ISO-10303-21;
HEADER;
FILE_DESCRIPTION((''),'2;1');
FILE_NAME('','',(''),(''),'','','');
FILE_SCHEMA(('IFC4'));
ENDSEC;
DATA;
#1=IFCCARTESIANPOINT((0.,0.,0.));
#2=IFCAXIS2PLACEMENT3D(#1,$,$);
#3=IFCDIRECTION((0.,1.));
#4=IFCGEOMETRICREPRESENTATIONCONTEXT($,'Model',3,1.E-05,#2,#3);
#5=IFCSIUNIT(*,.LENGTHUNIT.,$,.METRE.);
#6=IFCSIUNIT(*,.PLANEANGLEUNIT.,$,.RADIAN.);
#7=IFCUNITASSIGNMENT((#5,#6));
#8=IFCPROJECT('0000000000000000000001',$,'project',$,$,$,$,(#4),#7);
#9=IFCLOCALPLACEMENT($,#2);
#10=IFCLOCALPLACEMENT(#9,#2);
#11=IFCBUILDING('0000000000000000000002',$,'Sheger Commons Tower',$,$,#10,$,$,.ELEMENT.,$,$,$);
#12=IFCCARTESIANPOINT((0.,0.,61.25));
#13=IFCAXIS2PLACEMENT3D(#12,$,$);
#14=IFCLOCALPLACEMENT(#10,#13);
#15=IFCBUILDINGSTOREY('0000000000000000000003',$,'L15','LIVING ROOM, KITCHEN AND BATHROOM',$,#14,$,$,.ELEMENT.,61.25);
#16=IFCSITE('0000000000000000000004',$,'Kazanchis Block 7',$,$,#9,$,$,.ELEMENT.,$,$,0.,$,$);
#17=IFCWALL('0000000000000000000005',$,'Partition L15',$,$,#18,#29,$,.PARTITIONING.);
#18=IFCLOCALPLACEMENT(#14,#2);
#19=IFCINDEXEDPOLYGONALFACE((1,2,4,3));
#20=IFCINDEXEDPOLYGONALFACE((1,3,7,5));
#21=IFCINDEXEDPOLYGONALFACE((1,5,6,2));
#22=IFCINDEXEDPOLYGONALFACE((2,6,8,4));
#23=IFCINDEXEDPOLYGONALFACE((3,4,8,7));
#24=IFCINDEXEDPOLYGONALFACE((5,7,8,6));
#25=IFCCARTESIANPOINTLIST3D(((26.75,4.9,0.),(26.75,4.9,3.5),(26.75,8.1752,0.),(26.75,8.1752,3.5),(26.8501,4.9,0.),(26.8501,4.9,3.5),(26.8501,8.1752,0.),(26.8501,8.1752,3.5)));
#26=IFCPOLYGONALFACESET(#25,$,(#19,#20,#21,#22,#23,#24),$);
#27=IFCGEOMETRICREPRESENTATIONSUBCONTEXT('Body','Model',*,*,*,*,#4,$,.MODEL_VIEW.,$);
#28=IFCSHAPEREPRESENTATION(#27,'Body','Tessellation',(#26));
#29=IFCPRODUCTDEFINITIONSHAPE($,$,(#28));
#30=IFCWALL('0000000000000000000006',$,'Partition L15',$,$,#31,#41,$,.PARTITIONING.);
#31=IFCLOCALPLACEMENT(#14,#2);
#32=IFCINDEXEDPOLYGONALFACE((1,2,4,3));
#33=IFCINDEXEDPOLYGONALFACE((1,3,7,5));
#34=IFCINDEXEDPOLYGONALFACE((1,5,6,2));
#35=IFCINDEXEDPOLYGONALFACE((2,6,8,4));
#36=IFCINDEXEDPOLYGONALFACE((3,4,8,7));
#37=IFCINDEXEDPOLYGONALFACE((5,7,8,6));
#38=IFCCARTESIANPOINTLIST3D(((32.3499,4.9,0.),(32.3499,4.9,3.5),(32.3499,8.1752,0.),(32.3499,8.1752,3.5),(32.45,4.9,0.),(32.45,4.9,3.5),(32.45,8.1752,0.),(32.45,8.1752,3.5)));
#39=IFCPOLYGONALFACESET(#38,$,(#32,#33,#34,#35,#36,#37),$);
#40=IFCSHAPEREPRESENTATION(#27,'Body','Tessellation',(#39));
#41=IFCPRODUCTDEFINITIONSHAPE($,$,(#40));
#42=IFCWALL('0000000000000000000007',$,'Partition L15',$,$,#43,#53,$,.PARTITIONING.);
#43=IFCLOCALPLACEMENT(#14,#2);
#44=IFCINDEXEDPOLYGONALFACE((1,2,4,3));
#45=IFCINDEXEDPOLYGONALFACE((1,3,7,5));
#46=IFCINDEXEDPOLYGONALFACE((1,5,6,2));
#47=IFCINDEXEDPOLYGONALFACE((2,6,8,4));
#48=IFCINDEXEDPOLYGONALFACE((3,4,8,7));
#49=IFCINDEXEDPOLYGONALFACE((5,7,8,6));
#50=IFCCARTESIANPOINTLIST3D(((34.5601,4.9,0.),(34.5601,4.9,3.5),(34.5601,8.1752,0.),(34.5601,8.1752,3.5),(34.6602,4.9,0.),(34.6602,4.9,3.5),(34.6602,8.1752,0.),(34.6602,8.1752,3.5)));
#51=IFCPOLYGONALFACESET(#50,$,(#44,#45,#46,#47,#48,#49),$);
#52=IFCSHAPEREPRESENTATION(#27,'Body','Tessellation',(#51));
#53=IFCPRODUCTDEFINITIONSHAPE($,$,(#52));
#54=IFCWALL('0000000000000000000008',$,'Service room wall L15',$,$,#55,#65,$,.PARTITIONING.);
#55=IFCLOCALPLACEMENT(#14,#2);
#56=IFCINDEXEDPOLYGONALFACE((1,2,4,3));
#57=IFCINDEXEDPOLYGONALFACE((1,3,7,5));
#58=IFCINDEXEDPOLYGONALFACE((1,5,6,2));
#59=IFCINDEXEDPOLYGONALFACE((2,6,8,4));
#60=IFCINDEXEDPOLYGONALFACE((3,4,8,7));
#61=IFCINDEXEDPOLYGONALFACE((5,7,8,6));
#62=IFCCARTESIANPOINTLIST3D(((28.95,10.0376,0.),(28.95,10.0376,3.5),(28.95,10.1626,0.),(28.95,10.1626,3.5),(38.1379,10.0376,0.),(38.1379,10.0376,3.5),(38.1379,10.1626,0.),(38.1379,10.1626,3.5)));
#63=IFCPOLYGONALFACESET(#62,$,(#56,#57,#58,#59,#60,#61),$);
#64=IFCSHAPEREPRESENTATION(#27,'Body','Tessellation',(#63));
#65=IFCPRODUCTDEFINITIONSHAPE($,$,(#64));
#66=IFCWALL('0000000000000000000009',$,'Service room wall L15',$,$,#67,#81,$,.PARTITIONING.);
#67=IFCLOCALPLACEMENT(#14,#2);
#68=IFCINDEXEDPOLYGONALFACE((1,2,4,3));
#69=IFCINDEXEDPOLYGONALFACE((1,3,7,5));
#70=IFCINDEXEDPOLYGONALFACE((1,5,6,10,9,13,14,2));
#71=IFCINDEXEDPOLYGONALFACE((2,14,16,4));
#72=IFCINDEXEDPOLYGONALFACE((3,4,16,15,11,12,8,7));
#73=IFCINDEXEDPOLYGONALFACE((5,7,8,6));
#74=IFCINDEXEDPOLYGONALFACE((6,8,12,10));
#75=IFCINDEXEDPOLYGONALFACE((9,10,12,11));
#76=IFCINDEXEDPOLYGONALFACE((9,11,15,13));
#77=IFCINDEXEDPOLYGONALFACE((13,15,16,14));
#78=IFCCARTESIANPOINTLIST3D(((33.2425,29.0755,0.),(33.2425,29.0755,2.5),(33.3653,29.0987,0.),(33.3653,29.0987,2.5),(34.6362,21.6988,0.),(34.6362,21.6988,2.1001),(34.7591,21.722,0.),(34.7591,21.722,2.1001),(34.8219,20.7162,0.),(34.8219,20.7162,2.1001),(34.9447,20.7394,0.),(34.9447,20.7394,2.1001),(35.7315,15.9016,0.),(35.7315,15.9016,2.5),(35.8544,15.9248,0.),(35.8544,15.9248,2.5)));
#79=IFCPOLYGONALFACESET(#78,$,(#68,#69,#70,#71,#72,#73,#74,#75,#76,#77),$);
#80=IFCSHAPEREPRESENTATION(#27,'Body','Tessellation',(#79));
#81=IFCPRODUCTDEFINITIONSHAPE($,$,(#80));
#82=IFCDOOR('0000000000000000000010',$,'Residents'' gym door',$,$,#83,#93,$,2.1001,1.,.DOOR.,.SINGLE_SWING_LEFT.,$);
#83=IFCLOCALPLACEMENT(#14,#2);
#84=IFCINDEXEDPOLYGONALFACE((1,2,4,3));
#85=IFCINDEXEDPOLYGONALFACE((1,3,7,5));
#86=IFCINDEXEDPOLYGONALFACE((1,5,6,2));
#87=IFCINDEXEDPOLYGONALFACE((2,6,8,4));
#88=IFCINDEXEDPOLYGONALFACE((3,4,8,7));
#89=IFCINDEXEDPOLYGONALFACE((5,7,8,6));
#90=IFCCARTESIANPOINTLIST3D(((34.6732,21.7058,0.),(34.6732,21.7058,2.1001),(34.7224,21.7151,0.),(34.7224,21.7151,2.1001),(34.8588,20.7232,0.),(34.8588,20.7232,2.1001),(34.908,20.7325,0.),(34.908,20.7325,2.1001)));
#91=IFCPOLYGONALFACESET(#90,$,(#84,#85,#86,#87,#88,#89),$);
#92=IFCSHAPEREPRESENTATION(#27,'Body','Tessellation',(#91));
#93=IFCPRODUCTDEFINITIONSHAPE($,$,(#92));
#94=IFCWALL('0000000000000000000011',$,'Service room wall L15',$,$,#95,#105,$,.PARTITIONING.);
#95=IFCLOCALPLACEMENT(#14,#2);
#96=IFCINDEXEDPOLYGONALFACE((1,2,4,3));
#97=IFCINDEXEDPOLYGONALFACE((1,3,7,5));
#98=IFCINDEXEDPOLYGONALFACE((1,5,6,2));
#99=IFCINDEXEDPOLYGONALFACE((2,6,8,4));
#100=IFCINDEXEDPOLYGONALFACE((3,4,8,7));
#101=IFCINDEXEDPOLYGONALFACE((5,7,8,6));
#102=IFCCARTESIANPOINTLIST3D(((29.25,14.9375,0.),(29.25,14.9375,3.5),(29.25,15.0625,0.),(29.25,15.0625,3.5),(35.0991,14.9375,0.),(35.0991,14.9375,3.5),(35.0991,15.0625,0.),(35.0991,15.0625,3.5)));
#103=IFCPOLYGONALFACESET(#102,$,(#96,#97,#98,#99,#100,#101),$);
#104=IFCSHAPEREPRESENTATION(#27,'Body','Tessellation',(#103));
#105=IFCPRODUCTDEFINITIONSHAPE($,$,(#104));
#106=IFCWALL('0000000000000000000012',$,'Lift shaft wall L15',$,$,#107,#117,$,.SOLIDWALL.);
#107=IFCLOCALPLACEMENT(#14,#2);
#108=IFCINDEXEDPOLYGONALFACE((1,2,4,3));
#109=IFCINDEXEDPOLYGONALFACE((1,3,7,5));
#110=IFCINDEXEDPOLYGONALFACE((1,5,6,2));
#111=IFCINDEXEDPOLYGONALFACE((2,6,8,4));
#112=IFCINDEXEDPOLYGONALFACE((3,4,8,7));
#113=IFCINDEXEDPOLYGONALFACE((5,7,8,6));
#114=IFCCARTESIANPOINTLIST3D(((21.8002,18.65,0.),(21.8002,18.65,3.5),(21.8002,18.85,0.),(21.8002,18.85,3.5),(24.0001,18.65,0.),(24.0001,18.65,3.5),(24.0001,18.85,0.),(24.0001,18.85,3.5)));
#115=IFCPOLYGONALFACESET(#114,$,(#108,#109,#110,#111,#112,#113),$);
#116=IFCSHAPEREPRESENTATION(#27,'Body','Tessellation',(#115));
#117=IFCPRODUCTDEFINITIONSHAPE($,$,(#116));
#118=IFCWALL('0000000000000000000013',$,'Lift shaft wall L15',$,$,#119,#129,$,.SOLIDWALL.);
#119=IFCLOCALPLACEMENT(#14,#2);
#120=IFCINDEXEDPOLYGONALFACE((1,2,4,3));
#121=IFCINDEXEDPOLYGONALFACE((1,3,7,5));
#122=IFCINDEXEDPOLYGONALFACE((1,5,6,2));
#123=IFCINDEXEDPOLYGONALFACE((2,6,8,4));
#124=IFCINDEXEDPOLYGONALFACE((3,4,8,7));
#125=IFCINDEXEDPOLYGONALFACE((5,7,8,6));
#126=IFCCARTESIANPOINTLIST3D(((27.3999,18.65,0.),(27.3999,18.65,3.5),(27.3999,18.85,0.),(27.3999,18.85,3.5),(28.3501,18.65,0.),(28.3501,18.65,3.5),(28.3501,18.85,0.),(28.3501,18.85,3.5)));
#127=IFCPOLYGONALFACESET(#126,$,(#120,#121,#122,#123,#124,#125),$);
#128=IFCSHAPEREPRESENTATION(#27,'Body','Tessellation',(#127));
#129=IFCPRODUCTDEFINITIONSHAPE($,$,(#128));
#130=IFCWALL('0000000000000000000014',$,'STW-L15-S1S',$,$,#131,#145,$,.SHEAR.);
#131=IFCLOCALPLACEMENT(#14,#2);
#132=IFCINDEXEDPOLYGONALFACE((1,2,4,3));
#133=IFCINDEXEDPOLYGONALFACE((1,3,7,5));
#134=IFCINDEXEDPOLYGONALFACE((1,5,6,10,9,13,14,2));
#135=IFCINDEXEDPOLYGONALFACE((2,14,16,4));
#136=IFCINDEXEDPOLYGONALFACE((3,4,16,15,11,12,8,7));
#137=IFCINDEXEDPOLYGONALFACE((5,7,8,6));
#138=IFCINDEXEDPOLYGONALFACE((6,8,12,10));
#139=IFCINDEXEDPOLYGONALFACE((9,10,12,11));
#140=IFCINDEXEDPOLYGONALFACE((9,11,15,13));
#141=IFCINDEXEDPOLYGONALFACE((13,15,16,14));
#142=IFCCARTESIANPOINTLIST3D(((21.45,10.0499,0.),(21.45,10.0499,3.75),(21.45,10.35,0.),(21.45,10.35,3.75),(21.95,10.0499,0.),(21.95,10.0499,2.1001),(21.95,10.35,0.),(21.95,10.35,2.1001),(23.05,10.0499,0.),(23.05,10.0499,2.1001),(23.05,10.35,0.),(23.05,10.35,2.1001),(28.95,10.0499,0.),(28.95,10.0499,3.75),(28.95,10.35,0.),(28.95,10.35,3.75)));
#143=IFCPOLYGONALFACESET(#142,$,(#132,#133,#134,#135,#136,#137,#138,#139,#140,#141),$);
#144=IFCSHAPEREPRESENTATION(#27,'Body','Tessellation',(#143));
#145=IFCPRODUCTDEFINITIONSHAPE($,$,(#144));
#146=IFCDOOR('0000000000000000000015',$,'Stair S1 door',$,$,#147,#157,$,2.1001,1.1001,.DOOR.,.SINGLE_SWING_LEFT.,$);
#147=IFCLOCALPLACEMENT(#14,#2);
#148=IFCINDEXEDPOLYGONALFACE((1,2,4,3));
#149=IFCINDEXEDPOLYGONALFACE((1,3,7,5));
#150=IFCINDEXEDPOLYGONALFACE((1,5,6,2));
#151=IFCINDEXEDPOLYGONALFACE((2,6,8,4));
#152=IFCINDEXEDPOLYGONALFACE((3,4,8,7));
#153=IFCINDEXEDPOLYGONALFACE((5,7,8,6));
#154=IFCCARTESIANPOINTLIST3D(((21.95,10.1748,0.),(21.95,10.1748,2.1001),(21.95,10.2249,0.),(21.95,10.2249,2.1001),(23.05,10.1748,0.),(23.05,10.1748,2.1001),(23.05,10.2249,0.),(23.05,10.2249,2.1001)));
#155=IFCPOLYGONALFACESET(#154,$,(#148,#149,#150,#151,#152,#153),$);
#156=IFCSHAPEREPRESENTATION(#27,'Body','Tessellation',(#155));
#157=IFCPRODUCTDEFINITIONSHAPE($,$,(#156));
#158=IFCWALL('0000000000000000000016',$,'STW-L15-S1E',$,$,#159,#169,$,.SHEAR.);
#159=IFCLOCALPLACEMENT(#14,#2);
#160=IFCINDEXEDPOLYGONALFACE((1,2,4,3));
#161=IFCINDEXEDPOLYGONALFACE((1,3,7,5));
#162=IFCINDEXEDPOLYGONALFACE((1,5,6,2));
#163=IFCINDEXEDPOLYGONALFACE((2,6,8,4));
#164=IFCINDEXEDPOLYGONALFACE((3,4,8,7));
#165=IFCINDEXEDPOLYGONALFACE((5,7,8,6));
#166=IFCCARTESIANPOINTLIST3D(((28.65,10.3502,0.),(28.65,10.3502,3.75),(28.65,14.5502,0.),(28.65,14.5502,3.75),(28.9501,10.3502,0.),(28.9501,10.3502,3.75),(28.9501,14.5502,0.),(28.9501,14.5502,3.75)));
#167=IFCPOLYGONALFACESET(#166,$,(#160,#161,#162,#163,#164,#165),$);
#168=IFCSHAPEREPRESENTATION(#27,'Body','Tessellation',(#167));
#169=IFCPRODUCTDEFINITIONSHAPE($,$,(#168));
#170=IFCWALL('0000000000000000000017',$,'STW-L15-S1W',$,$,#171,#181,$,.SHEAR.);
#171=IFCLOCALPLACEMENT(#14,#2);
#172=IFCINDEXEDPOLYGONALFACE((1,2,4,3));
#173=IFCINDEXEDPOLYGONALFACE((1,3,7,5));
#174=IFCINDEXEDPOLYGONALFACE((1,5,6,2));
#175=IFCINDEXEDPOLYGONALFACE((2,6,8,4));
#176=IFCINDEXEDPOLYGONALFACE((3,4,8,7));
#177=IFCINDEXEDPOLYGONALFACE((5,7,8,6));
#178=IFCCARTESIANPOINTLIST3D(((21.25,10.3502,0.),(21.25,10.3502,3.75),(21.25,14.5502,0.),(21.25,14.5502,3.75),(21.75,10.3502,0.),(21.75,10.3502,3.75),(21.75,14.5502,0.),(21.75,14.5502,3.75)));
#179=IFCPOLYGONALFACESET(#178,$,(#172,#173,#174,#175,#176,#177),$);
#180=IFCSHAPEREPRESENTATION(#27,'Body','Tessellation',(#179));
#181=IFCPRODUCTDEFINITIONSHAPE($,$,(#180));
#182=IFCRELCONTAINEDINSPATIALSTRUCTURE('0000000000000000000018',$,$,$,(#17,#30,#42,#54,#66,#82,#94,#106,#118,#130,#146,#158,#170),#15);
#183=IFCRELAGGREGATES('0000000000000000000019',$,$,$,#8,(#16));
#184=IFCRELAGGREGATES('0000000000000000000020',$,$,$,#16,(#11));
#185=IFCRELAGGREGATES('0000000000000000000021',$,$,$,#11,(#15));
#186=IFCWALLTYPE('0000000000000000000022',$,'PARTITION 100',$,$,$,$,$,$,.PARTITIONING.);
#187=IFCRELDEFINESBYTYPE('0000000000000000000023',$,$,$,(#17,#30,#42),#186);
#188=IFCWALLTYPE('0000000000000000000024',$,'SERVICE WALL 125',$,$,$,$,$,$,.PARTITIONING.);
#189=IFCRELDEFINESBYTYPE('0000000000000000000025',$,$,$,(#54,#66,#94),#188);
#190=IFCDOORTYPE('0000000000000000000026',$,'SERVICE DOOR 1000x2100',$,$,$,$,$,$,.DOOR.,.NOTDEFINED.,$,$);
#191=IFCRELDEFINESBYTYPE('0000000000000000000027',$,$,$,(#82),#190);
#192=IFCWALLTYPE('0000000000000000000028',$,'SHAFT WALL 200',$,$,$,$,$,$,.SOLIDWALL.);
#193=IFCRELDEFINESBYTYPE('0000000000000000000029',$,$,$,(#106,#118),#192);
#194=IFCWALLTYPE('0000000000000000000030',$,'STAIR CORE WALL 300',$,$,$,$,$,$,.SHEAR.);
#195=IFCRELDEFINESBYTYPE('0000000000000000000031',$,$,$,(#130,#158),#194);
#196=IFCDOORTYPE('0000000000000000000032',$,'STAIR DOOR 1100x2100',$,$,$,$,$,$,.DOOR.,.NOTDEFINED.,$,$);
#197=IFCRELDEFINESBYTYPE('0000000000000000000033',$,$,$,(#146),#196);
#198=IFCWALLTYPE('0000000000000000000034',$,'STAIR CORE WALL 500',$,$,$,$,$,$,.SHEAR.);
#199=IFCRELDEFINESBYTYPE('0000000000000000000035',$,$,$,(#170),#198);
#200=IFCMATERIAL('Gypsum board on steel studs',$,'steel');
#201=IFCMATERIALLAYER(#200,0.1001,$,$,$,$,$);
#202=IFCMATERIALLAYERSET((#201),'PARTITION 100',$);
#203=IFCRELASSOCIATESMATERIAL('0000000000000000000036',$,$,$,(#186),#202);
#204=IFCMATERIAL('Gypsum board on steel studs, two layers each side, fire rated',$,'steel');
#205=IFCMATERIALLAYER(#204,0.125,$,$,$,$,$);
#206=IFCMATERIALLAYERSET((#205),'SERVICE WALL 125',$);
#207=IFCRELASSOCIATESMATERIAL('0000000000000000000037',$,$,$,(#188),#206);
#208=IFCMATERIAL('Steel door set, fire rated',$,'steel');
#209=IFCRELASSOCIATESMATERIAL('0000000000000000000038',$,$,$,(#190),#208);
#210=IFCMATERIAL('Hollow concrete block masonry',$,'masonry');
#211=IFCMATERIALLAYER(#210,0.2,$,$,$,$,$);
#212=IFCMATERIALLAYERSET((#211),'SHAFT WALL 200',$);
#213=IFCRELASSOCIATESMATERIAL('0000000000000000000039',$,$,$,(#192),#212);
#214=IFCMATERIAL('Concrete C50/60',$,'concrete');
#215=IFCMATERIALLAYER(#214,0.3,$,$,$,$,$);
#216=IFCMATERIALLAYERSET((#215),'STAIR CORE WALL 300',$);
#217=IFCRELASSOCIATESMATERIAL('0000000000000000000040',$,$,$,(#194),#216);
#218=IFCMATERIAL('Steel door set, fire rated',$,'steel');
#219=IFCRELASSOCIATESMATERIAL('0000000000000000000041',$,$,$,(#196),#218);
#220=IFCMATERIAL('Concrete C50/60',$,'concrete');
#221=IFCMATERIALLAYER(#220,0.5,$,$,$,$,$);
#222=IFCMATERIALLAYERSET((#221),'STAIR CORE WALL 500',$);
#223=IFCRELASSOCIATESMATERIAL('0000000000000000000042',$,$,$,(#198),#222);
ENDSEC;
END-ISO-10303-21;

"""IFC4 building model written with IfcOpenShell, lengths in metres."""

from ifc_helpers import new_model, si_unit, direction, frame, frame_2d, origin, place, context, subcontext, project, spatial, rectangle, extrude, material, layer, layer_set, type_object, element, fill, save


model = new_model("IFC4")

# Units and contexts
model_context = context("Model", 3, precision=1e-05, world=origin(), true_north=direction((0.0, 1.0)))
body_context = subcontext(model_context, "Body", "Model", "MODEL_VIEW")
ifc_project = project(units=[si_unit("LENGTHUNIT", "METRE"), si_unit("PLANEANGLEUNIT", "RADIAN")], contexts=[model_context])

# Site, building, storey
site_placement = place(None, origin())
site = spatial("IfcSite", under=ifc_project, at=site_placement, Name="Kazanchis Block 7", CompositionType="ELEMENT", RefElevation=0.0)
building_placement = place(site_placement, origin())
building = spatial("IfcBuilding", under=site, at=building_placement, Name="Sheger Commons Tower", CompositionType="ELEMENT")
storey_placement = place(building_placement, frame((0.0, 0.0, 61.25)))
storey = spatial("IfcBuildingStorey", under=building, at=storey_placement, Name="L15", Description="LIVING ROOM, KITCHEN AND BATHROOM", CompositionType="ELEMENT", Elevation=61.25)

# Walls
ifc_material_1 = material(Name="Gypsum board on steel studs", Category="steel")
ifc_layer_1 = layer(ifc_material_1, 0.1001)
ifc_layer_set_1 = layer_set([ifc_layer_1], Name="PARTITION 100")
wall_type_1 = type_object("IfcWallType", Name="PARTITION 100", PredefinedType="PARTITIONING", material=ifc_layer_set_1)
for number, where, z_axis, x_axis, name in (
    (1, (26.8, 4.8999, 0.0), (0.0, 0.0, 1.0), (0.0, 1.0, 0.0), "Partition L15"),
    (2, (32.3999, 4.8999, 0.0), (0.0, 0.0, 1.0), (0.0, 1.0, 0.0), "Partition L15"),
    (3, (34.6101, 4.8999, 0.0), (0.0, 0.0, 1.0), (0.0, 1.0, 0.0), "Partition L15"),
):
    element("IfcWall", number, at=place(storey_placement, frame(where, z_axis=z_axis, x_axis=x_axis)), inside=storey, type_object=wall_type_1, Name=name, PredefinedType="PARTITIONING", context=body_context, shape_type="SweptSolid", body=[
        extrude(rectangle(XDim=3.2751, YDim=0.1001, at=frame_2d((1.6377, 0.0))), origin(), (0.0, 0.0, 1.0), 3.5),
    ])
ifc_material_2 = material(Name="Gypsum board on steel studs, two layers each side, fire rated", Category="steel")
ifc_layer_2 = layer(ifc_material_2, 0.125)
ifc_layer_set_2 = layer_set([ifc_layer_2], Name="SERVICE WALL 125")
wall_type_2 = type_object("IfcWallType", Name="SERVICE WALL 125", PredefinedType="PARTITIONING", material=ifc_layer_set_2)
wall_1_placement = place(storey_placement, frame((28.95, 10.1001, 0.0), z_axis=(0.0, 0.0, 1.0), x_axis=(1.0, 0.0, 0.0)))
element("IfcWall", 4, at=wall_1_placement, inside=storey, type_object=wall_type_2, Name="Service room wall L15", PredefinedType="PARTITIONING", context=body_context, shape_type="SweptSolid", body=[
    extrude(rectangle(XDim=9.188, YDim=0.125, at=frame_2d((4.594, 0.0))), origin(), (0.0, 0.0, 1.0), 3.5),
])

# Wall, opening, door
wall_2_placement = place(storey_placement, frame((35.793, 15.9131, 0.0), z_axis=(0.0, 0.0, 1.0), x_axis=(-0.185652, 0.982616, 0.0)))
wall_2 = element("IfcWall", 5, at=wall_2_placement, inside=storey, type_object=wall_type_2, Name="Service room wall L15", PredefinedType="PARTITIONING", context=body_context, shape_type="SweptSolid", body=[
    extrude(rectangle(XDim=13.407, YDim=0.125, at=frame_2d((6.7036, 0.0))), origin(), (0.0, 0.0, 1.0), 2.5),
])
opening_1_placement = place(wall_2_placement, frame((4.8999, 0.0, 0.0)))
opening_1 = element("IfcOpeningElement", 6, at=opening_1_placement, cuts=wall_2, PredefinedType="OPENING", context=body_context, shape_type="SweptSolid", body=[
    extrude(rectangle(XDim=1.0, YDim=2.1001, at=frame_2d((0.5, 1.05))), frame((0.0, 0.0725, 0.0), z_axis=(0.0, -1.0, 0.0), x_axis=(1.0, 0.0, 0.0)), (0.0, 0.0, 1.0), 0.145),
])
ifc_material_3 = material(Name="Steel door set, fire rated", Category="steel")
door_type_1 = type_object("IfcDoorType", Name="SERVICE DOOR 1000x2100", OperationType="NOTDEFINED", PredefinedType="DOOR", material=ifc_material_3)
door_1_placement = place(opening_1_placement, origin())
door_1 = element("IfcDoor", 7, at=door_1_placement, inside=storey, type_object=door_type_1, Name="Residents' gym door", OperationType="SINGLE_SWING_LEFT", OverallHeight=2.1001, OverallWidth=1.0, PredefinedType="DOOR", context=body_context, shape_type="SweptSolid", body=[
    extrude(rectangle(XDim=1.0, YDim=2.1001, at=frame_2d((0.5, 1.05))), frame((0.0, 0.0249, 0.0), z_axis=(0.0, -1.0, 0.0), x_axis=(1.0, 0.0, 0.0)), (0.0, 0.0, 1.0), 0.05),
])
fill(opening_1, door_1)

# Walls
wall_3_placement = place(storey_placement, frame((29.25, 15.0, 0.0), z_axis=(0.0, 0.0, 1.0), x_axis=(1.0, 0.0, 0.0)))
element("IfcWall", 8, at=wall_3_placement, inside=storey, type_object=wall_type_2, Name="Service room wall L15", PredefinedType="PARTITIONING", context=body_context, shape_type="SweptSolid", body=[
    extrude(rectangle(XDim=5.8491, YDim=0.125, at=frame_2d((2.9246, 0.0))), origin(), (0.0, 0.0, 1.0), 3.5),
])
ifc_material_4 = material(Name="Hollow concrete block masonry", Category="masonry")
ifc_layer_3 = layer(ifc_material_4, 0.2)
ifc_layer_set_3 = layer_set([ifc_layer_3], Name="SHAFT WALL 200")
wall_type_3 = type_object("IfcWallType", Name="SHAFT WALL 200", PredefinedType="SOLIDWALL", material=ifc_layer_set_3)
wall_4_placement = place(storey_placement, frame((21.8, 18.75, 0.0), z_axis=(0.0, 0.0, 1.0), x_axis=(1.0, 0.0, 0.0)))
element("IfcWall", 9, at=wall_4_placement, inside=storey, type_object=wall_type_3, Name="Lift shaft wall L15", PredefinedType="SOLIDWALL", context=body_context, shape_type="SweptSolid", body=[
    extrude(rectangle(XDim=2.2, YDim=0.2, at=frame_2d((1.1001, 0.0))), origin(), (0.0, 0.0, 1.0), 3.5),
])
wall_5_placement = place(storey_placement, frame((27.3999, 18.75, 0.0), z_axis=(0.0, 0.0, 1.0), x_axis=(1.0, 0.0, 0.0)))
element("IfcWall", 10, at=wall_5_placement, inside=storey, type_object=wall_type_3, Name="Lift shaft wall L15", PredefinedType="SOLIDWALL", context=body_context, shape_type="SweptSolid", body=[
    extrude(rectangle(XDim=0.9502, YDim=0.2, at=frame_2d((0.4751, 0.0))), origin(), (0.0, 0.0, 1.0), 3.5),
])

# Wall, opening, door
ifc_material_5 = material(Name="Concrete C50/60", Category="concrete")
ifc_layer_4 = layer(ifc_material_5, 0.3)
ifc_layer_set_4 = layer_set([ifc_layer_4], Name="STAIR CORE WALL 300")
wall_type_4 = type_object("IfcWallType", Name="STAIR CORE WALL 300", PredefinedType="SHEAR", material=ifc_layer_set_4)
wall_6_placement = place(storey_placement, frame((21.45, 10.2, 0.0), z_axis=(0.0, 0.0, 1.0), x_axis=(1.0, 0.0, 0.0)))
wall_6 = element("IfcWall", 11, at=wall_6_placement, inside=storey, type_object=wall_type_4, Name="STW-L15-S1S", PredefinedType="SHEAR", context=body_context, shape_type="SweptSolid", body=[
    extrude(rectangle(XDim=7.5, YDim=0.3, at=frame_2d((3.75, 0.0))), origin(), (0.0, 0.0, 1.0), 3.75),
])
opening_2_placement = place(wall_6_placement, frame((0.5, 0.0, 0.0)))
opening_2 = element("IfcOpeningElement", 12, at=opening_2_placement, cuts=wall_6, PredefinedType="OPENING", context=body_context, shape_type="SweptSolid", body=[
    extrude(rectangle(XDim=1.1001, YDim=2.1001, at=frame_2d((0.55, 1.05))), frame((0.0, 0.1599, 0.0), z_axis=(0.0, -1.0, 0.0), x_axis=(1.0, 0.0, 0.0)), (0.0, 0.0, 1.0), 0.3201),
])
ifc_material_6 = material(Name="Steel door set, fire rated", Category="steel")
door_type_2 = type_object("IfcDoorType", Name="STAIR DOOR 1100x2100", OperationType="NOTDEFINED", PredefinedType="DOOR", material=ifc_material_6)
door_2_placement = place(opening_2_placement, origin())
door_2 = element("IfcDoor", 13, at=door_2_placement, inside=storey, type_object=door_type_2, Name="Stair S1 door", OperationType="SINGLE_SWING_LEFT", OverallHeight=2.1001, OverallWidth=1.1001, PredefinedType="DOOR", context=body_context, shape_type="SweptSolid", body=[
    extrude(rectangle(XDim=1.1001, YDim=2.1001, at=frame_2d((0.55, 1.05))), frame((0.0, 0.0249, 0.0), z_axis=(0.0, -1.0, 0.0), x_axis=(1.0, 0.0, 0.0)), (0.0, 0.0, 1.0), 0.05),
])
fill(opening_2, door_2)

# Walls
wall_7_placement = place(storey_placement, frame((28.8, 10.3501, 0.0), z_axis=(0.0, 0.0, 1.0), x_axis=(0.0, 1.0, 0.0)))
element("IfcWall", 14, at=wall_7_placement, inside=storey, type_object=wall_type_4, Name="STW-L15-S1E", PredefinedType="SHEAR", context=body_context, shape_type="SweptSolid", body=[
    extrude(rectangle(XDim=4.2, YDim=0.3, at=frame_2d((2.1001, 0.0))), origin(), (0.0, 0.0, 1.0), 3.75),
])
ifc_material_7 = material(Name="Concrete C50/60", Category="concrete")
ifc_layer_5 = layer(ifc_material_7, 0.5)
ifc_layer_set_5 = layer_set([ifc_layer_5], Name="STAIR CORE WALL 500")
wall_type_5 = type_object("IfcWallType", Name="STAIR CORE WALL 500", PredefinedType="SHEAR", material=ifc_layer_set_5)
wall_8_placement = place(storey_placement, frame((21.5, 10.3501, 0.0), z_axis=(0.0, 0.0, 1.0), x_axis=(0.0, 1.0, 0.0)))
element("IfcWall", 15, at=wall_8_placement, inside=storey, type_object=wall_type_5, Name="STW-L15-S1W", PredefinedType="SHEAR", context=body_context, shape_type="SweptSolid", body=[
    extrude(rectangle(XDim=4.2, YDim=0.5, at=frame_2d((2.1001, 0.0))), origin(), (0.0, 0.0, 1.0), 3.75),
])

save(model, "model.ifc")
